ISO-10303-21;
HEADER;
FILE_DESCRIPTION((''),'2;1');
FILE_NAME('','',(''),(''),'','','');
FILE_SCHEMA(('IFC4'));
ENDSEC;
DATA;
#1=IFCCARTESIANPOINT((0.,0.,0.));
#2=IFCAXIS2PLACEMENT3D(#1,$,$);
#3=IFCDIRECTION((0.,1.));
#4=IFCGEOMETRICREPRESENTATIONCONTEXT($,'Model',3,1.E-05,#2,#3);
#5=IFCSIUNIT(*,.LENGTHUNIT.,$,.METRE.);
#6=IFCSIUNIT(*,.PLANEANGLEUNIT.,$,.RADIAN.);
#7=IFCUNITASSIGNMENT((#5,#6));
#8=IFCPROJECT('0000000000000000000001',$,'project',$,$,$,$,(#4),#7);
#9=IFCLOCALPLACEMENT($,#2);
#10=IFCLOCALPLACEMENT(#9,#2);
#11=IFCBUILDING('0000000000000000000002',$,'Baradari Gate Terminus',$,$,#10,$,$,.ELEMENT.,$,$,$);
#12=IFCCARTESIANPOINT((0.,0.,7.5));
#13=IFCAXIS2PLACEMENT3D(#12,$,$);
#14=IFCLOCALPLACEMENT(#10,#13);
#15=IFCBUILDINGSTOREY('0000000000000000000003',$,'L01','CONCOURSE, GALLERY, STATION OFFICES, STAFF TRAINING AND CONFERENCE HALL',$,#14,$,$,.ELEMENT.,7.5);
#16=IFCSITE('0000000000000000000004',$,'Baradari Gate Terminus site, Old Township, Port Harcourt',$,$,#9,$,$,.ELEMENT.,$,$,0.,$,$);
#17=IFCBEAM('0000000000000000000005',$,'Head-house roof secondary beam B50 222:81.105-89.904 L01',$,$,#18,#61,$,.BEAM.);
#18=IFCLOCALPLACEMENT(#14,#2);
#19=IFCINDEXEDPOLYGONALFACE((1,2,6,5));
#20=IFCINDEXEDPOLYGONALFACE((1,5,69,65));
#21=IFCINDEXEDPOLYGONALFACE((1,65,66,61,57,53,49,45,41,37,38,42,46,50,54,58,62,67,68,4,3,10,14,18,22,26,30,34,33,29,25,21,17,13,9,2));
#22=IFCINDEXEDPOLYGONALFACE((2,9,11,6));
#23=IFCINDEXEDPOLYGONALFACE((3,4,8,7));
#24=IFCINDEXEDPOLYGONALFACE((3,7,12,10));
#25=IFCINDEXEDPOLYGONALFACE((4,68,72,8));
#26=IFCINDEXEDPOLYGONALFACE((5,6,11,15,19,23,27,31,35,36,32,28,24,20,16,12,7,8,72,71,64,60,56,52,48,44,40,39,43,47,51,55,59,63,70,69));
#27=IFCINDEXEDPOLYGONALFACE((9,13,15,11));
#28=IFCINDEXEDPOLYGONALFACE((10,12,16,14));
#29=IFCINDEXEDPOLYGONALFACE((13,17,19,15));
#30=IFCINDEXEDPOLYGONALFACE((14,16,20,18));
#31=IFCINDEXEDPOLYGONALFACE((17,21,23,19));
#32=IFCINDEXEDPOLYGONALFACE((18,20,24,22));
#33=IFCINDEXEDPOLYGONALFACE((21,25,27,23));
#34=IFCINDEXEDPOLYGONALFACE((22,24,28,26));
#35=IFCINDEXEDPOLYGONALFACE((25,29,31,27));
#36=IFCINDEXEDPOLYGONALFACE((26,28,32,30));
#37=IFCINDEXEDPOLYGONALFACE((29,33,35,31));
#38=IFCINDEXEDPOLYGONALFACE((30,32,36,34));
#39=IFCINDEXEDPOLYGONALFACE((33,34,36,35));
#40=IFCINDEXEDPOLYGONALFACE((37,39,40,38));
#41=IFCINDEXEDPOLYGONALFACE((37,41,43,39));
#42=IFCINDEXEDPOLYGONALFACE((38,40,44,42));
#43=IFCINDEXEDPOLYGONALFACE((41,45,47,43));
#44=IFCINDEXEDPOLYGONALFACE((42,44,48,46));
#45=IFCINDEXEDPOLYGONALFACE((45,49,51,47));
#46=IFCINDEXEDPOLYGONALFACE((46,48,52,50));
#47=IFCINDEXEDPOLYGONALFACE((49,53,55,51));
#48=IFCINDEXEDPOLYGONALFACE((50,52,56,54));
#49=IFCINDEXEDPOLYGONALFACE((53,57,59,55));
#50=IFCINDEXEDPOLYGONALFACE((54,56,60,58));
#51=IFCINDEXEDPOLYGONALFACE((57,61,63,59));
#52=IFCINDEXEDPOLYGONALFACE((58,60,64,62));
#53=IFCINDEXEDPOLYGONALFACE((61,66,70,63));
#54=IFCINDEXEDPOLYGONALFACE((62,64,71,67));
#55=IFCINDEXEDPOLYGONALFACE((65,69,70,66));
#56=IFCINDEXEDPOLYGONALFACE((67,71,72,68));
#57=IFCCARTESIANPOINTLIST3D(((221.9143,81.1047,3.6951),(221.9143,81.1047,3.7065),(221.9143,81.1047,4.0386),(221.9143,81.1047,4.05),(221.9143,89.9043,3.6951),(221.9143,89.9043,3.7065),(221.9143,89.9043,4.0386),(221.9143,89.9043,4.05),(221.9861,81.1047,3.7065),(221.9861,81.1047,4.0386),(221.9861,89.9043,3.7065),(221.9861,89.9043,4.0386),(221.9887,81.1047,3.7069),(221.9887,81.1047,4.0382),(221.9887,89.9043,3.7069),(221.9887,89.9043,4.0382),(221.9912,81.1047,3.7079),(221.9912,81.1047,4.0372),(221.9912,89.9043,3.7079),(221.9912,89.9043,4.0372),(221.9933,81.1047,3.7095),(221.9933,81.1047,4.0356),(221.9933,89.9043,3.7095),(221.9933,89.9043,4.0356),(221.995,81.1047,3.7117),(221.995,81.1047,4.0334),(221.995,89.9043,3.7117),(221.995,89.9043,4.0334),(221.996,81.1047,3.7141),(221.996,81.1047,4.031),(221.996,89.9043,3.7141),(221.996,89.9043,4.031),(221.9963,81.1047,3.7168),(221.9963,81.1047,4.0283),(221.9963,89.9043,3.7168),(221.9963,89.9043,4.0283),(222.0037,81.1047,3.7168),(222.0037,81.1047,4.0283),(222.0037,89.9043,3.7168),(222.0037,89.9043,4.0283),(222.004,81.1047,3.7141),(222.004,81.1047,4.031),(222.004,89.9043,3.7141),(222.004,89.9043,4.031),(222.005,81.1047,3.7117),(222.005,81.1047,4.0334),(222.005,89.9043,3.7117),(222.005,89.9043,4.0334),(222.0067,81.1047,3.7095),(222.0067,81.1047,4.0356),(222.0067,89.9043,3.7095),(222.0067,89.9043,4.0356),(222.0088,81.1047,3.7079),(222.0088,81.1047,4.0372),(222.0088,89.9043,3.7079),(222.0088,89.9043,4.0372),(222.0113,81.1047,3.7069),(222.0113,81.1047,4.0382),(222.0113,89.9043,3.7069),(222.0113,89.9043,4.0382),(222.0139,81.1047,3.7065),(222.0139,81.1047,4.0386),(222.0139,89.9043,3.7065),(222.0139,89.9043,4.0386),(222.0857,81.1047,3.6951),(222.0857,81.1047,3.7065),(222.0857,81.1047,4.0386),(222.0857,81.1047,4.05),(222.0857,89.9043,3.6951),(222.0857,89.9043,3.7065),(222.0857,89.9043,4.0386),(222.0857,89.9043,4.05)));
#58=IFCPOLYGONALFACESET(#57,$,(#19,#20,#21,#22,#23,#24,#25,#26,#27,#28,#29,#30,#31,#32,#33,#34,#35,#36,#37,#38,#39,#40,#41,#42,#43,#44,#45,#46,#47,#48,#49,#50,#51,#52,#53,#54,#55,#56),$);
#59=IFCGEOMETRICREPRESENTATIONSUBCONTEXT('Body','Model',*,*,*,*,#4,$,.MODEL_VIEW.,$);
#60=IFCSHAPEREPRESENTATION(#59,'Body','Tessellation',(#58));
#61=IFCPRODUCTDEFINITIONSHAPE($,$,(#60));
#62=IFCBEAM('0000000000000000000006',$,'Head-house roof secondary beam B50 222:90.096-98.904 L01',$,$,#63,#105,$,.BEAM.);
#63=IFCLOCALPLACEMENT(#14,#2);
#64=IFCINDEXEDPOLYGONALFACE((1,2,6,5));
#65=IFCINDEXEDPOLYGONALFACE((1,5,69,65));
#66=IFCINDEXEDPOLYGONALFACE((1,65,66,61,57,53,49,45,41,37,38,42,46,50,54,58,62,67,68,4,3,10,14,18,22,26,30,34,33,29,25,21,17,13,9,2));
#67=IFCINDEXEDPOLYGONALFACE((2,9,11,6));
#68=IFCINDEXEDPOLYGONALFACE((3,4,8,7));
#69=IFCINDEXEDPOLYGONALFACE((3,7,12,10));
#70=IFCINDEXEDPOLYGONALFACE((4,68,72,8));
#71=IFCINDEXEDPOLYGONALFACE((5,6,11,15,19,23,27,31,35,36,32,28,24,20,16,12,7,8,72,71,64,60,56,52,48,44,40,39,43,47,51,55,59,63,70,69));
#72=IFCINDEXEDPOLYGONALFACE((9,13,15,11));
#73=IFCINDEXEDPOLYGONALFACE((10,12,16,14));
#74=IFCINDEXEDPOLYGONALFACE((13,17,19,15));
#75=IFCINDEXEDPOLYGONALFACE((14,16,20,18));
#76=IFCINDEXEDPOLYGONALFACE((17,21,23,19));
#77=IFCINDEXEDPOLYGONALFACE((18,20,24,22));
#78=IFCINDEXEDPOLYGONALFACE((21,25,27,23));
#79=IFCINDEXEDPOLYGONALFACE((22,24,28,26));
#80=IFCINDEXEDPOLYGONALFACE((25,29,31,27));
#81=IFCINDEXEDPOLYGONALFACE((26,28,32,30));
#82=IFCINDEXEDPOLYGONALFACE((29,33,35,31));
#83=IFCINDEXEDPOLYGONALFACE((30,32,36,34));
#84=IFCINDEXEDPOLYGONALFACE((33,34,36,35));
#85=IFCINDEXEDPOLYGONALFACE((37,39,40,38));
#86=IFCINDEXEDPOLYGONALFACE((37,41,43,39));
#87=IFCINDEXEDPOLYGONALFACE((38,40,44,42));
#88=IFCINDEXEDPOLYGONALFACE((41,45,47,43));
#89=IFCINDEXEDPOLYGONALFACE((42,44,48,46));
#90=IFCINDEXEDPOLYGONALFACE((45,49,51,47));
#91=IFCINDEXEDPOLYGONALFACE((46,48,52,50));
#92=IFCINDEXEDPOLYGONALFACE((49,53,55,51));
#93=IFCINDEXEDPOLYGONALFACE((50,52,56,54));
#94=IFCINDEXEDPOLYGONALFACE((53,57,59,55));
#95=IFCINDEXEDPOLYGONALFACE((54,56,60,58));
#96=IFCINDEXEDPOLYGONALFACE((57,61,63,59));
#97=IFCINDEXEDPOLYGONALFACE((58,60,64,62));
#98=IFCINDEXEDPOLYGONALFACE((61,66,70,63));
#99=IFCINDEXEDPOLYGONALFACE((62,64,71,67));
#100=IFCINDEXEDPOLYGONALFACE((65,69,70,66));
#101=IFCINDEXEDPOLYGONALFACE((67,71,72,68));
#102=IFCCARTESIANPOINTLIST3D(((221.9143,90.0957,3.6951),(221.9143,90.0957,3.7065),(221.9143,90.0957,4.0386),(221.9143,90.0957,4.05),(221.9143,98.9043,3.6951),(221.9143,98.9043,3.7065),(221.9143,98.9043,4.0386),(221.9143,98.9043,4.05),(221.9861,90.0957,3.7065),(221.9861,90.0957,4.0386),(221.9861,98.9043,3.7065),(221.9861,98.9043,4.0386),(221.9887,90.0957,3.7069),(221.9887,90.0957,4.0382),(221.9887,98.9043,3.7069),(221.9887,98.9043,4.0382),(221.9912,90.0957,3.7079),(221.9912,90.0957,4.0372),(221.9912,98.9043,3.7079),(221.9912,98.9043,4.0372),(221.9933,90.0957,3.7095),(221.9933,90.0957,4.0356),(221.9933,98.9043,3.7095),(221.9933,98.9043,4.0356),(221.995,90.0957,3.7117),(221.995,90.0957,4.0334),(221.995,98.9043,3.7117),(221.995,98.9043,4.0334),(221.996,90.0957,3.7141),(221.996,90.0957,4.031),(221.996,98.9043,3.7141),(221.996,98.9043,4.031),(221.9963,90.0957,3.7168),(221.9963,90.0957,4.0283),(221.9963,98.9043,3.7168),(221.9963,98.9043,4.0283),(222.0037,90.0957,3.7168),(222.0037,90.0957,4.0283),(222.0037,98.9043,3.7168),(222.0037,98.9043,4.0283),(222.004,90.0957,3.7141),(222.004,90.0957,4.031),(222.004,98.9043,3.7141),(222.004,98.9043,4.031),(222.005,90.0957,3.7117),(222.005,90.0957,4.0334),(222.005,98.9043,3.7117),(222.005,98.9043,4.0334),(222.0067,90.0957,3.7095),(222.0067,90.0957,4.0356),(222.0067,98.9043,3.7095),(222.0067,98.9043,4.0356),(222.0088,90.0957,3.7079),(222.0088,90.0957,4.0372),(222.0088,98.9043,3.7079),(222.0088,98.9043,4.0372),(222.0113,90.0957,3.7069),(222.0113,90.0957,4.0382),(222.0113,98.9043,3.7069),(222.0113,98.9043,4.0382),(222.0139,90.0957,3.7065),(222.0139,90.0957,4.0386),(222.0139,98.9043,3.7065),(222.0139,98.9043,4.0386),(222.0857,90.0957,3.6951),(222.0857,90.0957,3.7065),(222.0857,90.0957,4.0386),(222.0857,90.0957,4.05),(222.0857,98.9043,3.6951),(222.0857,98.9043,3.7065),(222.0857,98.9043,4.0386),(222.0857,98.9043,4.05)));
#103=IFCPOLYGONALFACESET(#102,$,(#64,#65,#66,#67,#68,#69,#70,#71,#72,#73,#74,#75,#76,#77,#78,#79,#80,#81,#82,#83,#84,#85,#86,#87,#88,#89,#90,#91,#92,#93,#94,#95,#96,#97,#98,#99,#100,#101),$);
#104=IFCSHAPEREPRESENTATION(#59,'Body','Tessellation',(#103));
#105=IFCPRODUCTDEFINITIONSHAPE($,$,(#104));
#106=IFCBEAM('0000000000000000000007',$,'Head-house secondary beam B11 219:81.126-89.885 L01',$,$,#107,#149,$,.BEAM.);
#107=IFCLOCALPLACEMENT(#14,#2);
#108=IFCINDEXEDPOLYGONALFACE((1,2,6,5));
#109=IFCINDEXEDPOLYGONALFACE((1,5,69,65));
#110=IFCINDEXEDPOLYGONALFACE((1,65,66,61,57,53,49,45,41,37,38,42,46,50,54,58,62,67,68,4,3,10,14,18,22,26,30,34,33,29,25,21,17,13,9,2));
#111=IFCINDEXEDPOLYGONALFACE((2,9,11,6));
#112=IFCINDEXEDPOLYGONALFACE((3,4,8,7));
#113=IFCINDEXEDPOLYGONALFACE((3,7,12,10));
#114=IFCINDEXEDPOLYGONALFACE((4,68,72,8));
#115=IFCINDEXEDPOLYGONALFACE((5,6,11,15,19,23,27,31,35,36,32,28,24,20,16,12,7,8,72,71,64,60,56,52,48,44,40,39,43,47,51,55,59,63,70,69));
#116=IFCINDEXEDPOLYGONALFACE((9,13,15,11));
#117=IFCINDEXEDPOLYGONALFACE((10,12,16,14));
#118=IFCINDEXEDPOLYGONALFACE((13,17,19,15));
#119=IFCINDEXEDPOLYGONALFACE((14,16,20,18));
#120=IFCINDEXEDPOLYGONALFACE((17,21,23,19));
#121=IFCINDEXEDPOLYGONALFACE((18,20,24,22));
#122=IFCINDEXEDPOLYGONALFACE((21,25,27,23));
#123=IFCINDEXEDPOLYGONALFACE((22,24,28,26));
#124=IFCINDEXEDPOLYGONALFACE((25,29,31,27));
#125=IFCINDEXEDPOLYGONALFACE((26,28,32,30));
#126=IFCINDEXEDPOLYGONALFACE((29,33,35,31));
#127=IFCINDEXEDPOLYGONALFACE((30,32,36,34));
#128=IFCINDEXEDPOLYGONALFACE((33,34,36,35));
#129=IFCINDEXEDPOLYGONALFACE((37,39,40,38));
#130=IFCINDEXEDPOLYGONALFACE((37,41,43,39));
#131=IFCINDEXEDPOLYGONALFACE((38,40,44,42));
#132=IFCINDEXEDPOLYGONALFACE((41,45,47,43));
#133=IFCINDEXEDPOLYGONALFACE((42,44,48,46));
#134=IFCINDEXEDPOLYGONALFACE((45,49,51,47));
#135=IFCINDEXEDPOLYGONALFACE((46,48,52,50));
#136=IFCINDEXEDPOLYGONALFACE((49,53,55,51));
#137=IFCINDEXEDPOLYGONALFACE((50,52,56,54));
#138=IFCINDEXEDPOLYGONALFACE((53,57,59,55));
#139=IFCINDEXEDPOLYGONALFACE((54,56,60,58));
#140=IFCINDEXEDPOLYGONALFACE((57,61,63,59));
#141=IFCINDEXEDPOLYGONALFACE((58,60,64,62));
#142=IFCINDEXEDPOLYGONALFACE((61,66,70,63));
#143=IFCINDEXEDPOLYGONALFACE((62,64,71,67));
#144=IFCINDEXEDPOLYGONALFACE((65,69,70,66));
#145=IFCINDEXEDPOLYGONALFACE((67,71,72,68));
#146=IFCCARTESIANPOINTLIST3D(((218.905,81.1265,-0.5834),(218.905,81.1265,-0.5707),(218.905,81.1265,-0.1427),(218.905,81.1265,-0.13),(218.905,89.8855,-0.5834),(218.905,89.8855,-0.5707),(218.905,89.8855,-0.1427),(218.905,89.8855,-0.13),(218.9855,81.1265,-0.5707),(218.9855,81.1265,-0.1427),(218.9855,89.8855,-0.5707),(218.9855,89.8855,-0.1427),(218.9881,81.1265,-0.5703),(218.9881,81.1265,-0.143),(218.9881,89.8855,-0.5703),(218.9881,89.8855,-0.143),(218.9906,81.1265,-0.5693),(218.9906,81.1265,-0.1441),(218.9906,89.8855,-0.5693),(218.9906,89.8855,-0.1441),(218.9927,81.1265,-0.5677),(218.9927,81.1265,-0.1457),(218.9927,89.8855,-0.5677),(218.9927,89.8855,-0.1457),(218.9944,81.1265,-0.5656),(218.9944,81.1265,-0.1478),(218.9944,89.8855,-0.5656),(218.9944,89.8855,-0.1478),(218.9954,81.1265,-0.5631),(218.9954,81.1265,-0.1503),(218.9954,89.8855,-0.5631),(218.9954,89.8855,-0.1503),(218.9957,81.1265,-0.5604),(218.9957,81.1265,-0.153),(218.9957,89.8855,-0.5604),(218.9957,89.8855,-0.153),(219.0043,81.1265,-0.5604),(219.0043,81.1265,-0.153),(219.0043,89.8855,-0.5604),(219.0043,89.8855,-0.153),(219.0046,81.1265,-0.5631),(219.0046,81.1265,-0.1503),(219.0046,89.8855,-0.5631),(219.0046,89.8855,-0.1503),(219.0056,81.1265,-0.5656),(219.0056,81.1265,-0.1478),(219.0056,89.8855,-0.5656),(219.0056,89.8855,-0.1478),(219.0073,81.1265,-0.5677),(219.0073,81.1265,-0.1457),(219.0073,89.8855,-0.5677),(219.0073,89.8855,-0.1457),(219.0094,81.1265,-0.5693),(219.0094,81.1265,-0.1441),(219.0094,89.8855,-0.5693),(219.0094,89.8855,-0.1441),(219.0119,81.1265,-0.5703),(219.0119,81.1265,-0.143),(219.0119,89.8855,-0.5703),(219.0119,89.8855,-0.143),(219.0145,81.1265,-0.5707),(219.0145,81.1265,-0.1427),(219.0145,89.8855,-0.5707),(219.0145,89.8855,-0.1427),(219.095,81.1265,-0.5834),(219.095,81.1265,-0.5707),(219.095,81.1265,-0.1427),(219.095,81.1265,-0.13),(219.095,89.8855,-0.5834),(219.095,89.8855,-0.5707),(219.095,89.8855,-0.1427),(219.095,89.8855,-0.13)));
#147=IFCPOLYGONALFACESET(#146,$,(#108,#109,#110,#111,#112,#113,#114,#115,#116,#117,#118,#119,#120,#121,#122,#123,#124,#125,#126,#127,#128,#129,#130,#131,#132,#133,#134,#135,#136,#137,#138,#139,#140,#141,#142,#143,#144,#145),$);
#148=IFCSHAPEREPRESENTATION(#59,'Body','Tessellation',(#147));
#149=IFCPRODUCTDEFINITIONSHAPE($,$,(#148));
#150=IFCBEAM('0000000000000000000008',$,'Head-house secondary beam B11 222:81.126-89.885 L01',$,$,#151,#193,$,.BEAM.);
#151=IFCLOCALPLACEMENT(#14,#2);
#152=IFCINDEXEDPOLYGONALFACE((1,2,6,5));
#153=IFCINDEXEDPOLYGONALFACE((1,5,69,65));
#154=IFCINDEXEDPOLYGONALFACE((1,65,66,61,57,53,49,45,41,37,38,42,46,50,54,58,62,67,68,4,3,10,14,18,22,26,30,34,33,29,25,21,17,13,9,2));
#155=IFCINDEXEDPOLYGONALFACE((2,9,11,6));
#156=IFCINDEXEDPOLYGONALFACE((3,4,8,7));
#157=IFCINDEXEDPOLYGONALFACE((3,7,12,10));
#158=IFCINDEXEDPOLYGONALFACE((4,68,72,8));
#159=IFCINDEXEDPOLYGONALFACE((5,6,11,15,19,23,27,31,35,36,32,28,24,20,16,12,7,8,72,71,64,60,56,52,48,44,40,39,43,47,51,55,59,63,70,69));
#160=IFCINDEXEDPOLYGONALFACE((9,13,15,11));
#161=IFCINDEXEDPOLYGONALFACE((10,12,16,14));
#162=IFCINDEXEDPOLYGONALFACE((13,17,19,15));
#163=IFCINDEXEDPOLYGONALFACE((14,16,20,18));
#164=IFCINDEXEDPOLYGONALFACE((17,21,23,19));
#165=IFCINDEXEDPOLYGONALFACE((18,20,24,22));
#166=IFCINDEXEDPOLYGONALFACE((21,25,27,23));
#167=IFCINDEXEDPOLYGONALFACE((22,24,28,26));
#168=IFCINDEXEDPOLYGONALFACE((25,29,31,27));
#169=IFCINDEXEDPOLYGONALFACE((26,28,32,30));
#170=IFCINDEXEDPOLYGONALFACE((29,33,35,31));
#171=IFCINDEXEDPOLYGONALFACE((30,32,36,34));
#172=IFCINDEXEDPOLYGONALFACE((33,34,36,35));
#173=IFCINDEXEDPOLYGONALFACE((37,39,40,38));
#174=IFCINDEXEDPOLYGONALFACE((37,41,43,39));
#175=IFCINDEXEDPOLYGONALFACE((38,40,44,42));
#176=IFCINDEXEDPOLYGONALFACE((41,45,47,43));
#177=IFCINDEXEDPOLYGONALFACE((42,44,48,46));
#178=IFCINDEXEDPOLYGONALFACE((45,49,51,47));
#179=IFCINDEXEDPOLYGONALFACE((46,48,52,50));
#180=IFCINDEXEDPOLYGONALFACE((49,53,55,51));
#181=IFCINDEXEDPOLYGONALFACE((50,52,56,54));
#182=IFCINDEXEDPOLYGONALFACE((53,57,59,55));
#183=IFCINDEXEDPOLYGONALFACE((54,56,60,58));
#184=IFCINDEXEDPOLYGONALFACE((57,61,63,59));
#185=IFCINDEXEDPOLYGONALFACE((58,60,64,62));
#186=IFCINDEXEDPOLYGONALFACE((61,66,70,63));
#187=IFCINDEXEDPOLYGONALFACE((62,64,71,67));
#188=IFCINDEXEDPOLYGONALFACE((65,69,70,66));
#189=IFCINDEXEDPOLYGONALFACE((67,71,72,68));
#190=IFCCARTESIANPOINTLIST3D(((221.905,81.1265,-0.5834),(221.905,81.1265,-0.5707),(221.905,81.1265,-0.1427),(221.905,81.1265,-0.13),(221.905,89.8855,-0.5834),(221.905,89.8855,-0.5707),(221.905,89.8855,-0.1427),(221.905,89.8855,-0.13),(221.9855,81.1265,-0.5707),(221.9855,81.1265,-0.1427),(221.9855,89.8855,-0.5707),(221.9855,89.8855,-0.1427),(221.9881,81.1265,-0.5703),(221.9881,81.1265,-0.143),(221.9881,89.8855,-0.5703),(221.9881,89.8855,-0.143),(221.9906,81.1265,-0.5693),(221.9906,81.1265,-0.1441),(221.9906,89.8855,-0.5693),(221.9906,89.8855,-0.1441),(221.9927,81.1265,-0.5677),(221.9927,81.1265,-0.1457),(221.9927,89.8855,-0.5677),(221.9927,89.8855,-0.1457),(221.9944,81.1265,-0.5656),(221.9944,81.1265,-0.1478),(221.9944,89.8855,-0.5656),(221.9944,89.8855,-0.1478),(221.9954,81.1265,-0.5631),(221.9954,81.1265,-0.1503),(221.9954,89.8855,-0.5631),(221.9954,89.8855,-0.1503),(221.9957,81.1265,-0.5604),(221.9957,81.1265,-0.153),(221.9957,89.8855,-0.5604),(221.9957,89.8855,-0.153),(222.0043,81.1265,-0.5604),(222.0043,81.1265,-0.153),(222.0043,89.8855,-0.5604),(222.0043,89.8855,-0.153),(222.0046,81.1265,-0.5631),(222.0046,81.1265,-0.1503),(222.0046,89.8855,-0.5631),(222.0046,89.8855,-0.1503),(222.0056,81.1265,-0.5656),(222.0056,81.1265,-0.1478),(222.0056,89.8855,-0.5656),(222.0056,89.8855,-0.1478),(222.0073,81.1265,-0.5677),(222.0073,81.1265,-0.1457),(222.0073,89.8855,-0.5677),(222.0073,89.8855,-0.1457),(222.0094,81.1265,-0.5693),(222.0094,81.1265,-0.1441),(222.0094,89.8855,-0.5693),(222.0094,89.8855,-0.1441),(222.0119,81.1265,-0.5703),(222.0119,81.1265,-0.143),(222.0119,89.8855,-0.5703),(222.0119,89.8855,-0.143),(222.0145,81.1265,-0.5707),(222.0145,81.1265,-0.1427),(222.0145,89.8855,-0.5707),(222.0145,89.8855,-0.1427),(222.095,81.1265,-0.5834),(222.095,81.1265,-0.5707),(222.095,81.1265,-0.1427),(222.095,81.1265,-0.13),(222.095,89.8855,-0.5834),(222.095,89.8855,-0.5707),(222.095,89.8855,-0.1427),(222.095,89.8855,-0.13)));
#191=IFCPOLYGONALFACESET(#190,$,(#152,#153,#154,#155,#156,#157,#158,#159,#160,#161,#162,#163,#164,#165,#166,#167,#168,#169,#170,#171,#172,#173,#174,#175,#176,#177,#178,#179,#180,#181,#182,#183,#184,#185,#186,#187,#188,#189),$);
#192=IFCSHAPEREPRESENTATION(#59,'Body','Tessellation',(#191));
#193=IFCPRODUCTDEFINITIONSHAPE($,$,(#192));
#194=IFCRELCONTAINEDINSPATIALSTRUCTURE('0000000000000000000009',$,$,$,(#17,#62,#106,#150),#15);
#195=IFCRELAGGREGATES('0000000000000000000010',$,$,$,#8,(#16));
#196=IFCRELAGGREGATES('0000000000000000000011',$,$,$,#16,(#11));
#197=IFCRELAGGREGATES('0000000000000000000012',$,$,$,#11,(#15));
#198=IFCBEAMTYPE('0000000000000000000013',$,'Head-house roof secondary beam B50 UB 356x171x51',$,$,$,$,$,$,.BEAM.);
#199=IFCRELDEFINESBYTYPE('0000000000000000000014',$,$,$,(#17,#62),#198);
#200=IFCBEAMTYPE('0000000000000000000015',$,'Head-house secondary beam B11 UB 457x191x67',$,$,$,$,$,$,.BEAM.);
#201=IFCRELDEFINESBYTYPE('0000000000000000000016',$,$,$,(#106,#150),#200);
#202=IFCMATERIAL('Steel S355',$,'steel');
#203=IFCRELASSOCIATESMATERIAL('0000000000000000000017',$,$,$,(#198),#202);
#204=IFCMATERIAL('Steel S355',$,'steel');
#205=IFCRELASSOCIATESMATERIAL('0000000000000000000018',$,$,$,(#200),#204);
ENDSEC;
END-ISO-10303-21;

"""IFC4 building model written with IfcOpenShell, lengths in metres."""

from ifc_helpers import new_model, si_unit, direction, frame, origin, origin_2d, place, context, subcontext, project, spatial, i_section, extrude, material, material_profile, profile_set, type_object, element, save


model = new_model("IFC4")

# Units and contexts
model_context = context("Model", 3, precision=1e-05, world=origin(), true_north=direction((0.0, 1.0)))
body_context = subcontext(model_context, "Body", "Model", "MODEL_VIEW")
ifc_project = project(units=[si_unit("LENGTHUNIT", "METRE"), si_unit("PLANEANGLEUNIT", "RADIAN")], contexts=[model_context])

# Site, building, storey
site_placement = place(None, origin())
site = spatial("IfcSite", under=ifc_project, at=site_placement, Name="Baradari Gate Terminus site, Old Township, Port Harcourt", CompositionType="ELEMENT", RefElevation=0.0)
building_placement = place(site_placement, origin())
building = spatial("IfcBuilding", under=site, at=building_placement, Name="Baradari Gate Terminus", CompositionType="ELEMENT")
storey_placement = place(building_placement, frame((0.0, 0.0, 7.5)))
storey = spatial("IfcBuildingStorey", under=building, at=storey_placement, Name="L01", Description="CONCOURSE, GALLERY, STATION OFFICES, STAFF TRAINING AND CONFERENCE HALL", CompositionType="ELEMENT", Elevation=7.5)

# Beams
ifc_material_1 = material(Name="Steel S355", Category="steel")
ifc_material_profile_1 = material_profile(ifc_material_1, i_section(OverallWidth=0.1714, OverallDepth=0.355, WebThickness=0.0073, FlangeThickness=0.0115, FilletRadius=0.0103, at=origin_2d()), Name="UB 356x171x51")
ifc_profile_set_1 = profile_set([ifc_material_profile_1], Name="Steel S355")
beam_type_1 = type_object("IfcBeamType", Name="Head-house roof secondary beam B50 UB 356x171x51", PredefinedType="BEAM", material=ifc_profile_set_1)
beam_1_placement = place(storey_placement, frame((222.0, 81.1047, 3.8726), z_axis=(0.0, 1.0, 0.0), x_axis=(-1.0, 0.0, 0.0)))
element("IfcBeam", 1, at=beam_1_placement, inside=storey, type_object=beam_type_1, Name="Head-house roof secondary beam B50 222:81.105-89.904 L01", PredefinedType="BEAM", context=body_context, shape_type="SweptSolid", body=[
    extrude(i_section(OverallWidth=0.1714, OverallDepth=0.355, WebThickness=0.0073, FlangeThickness=0.0115, FilletRadius=0.0103, at=origin_2d()), origin(), (0.0, 0.0, 1.0), 8.7996),
])
beam_2_placement = place(storey_placement, frame((222.0, 90.0957, 3.8726), z_axis=(0.0, 1.0, 0.0), x_axis=(-1.0, 0.0, 0.0)))
element("IfcBeam", 2, at=beam_2_placement, inside=storey, type_object=beam_type_1, Name="Head-house roof secondary beam B50 222:90.096-98.904 L01", PredefinedType="BEAM", context=body_context, shape_type="SweptSolid", body=[
    extrude(i_section(OverallWidth=0.1714, OverallDepth=0.355, WebThickness=0.0073, FlangeThickness=0.0115, FilletRadius=0.0103, at=origin_2d()), origin(), (0.0, 0.0, 1.0), 8.8086),
])
ifc_material_2 = material(Name="Steel S355", Category="steel")
ifc_material_profile_2 = material_profile(ifc_material_2, i_section(OverallWidth=0.1899, OverallDepth=0.4534, WebThickness=0.0085, FlangeThickness=0.0127, FilletRadius=0.0103, at=origin_2d()), Name="UB 457x191x67")
ifc_profile_set_2 = profile_set([ifc_material_profile_2], Name="Steel S355")
beam_type_2 = type_object("IfcBeamType", Name="Head-house secondary beam B11 UB 457x191x67", PredefinedType="BEAM", material=ifc_profile_set_2)
for number, where, z_axis, x_axis, name in (
    (3, (219.0, 81.1265, -0.3567), (0.0, 1.0, 0.0), (-1.0, 0.0, 0.0), "Head-house secondary beam B11 219:81.126-89.885 L01"),
    (4, (222.0, 81.1265, -0.3567), (0.0, 1.0, 0.0), (-1.0, 0.0, 0.0), "Head-house secondary beam B11 222:81.126-89.885 L01"),
):
    element("IfcBeam", number, at=place(storey_placement, frame(where, z_axis=z_axis, x_axis=x_axis)), inside=storey, type_object=beam_type_2, Name=name, PredefinedType="BEAM", context=body_context, shape_type="SweptSolid", body=[
        extrude(i_section(OverallWidth=0.1899, OverallDepth=0.4534, WebThickness=0.0085, FlangeThickness=0.0127, FilletRadius=0.0103, at=origin_2d()), origin(), (0.0, 0.0, 1.0), 8.759),
    ])

save(model, "model.ifc")
